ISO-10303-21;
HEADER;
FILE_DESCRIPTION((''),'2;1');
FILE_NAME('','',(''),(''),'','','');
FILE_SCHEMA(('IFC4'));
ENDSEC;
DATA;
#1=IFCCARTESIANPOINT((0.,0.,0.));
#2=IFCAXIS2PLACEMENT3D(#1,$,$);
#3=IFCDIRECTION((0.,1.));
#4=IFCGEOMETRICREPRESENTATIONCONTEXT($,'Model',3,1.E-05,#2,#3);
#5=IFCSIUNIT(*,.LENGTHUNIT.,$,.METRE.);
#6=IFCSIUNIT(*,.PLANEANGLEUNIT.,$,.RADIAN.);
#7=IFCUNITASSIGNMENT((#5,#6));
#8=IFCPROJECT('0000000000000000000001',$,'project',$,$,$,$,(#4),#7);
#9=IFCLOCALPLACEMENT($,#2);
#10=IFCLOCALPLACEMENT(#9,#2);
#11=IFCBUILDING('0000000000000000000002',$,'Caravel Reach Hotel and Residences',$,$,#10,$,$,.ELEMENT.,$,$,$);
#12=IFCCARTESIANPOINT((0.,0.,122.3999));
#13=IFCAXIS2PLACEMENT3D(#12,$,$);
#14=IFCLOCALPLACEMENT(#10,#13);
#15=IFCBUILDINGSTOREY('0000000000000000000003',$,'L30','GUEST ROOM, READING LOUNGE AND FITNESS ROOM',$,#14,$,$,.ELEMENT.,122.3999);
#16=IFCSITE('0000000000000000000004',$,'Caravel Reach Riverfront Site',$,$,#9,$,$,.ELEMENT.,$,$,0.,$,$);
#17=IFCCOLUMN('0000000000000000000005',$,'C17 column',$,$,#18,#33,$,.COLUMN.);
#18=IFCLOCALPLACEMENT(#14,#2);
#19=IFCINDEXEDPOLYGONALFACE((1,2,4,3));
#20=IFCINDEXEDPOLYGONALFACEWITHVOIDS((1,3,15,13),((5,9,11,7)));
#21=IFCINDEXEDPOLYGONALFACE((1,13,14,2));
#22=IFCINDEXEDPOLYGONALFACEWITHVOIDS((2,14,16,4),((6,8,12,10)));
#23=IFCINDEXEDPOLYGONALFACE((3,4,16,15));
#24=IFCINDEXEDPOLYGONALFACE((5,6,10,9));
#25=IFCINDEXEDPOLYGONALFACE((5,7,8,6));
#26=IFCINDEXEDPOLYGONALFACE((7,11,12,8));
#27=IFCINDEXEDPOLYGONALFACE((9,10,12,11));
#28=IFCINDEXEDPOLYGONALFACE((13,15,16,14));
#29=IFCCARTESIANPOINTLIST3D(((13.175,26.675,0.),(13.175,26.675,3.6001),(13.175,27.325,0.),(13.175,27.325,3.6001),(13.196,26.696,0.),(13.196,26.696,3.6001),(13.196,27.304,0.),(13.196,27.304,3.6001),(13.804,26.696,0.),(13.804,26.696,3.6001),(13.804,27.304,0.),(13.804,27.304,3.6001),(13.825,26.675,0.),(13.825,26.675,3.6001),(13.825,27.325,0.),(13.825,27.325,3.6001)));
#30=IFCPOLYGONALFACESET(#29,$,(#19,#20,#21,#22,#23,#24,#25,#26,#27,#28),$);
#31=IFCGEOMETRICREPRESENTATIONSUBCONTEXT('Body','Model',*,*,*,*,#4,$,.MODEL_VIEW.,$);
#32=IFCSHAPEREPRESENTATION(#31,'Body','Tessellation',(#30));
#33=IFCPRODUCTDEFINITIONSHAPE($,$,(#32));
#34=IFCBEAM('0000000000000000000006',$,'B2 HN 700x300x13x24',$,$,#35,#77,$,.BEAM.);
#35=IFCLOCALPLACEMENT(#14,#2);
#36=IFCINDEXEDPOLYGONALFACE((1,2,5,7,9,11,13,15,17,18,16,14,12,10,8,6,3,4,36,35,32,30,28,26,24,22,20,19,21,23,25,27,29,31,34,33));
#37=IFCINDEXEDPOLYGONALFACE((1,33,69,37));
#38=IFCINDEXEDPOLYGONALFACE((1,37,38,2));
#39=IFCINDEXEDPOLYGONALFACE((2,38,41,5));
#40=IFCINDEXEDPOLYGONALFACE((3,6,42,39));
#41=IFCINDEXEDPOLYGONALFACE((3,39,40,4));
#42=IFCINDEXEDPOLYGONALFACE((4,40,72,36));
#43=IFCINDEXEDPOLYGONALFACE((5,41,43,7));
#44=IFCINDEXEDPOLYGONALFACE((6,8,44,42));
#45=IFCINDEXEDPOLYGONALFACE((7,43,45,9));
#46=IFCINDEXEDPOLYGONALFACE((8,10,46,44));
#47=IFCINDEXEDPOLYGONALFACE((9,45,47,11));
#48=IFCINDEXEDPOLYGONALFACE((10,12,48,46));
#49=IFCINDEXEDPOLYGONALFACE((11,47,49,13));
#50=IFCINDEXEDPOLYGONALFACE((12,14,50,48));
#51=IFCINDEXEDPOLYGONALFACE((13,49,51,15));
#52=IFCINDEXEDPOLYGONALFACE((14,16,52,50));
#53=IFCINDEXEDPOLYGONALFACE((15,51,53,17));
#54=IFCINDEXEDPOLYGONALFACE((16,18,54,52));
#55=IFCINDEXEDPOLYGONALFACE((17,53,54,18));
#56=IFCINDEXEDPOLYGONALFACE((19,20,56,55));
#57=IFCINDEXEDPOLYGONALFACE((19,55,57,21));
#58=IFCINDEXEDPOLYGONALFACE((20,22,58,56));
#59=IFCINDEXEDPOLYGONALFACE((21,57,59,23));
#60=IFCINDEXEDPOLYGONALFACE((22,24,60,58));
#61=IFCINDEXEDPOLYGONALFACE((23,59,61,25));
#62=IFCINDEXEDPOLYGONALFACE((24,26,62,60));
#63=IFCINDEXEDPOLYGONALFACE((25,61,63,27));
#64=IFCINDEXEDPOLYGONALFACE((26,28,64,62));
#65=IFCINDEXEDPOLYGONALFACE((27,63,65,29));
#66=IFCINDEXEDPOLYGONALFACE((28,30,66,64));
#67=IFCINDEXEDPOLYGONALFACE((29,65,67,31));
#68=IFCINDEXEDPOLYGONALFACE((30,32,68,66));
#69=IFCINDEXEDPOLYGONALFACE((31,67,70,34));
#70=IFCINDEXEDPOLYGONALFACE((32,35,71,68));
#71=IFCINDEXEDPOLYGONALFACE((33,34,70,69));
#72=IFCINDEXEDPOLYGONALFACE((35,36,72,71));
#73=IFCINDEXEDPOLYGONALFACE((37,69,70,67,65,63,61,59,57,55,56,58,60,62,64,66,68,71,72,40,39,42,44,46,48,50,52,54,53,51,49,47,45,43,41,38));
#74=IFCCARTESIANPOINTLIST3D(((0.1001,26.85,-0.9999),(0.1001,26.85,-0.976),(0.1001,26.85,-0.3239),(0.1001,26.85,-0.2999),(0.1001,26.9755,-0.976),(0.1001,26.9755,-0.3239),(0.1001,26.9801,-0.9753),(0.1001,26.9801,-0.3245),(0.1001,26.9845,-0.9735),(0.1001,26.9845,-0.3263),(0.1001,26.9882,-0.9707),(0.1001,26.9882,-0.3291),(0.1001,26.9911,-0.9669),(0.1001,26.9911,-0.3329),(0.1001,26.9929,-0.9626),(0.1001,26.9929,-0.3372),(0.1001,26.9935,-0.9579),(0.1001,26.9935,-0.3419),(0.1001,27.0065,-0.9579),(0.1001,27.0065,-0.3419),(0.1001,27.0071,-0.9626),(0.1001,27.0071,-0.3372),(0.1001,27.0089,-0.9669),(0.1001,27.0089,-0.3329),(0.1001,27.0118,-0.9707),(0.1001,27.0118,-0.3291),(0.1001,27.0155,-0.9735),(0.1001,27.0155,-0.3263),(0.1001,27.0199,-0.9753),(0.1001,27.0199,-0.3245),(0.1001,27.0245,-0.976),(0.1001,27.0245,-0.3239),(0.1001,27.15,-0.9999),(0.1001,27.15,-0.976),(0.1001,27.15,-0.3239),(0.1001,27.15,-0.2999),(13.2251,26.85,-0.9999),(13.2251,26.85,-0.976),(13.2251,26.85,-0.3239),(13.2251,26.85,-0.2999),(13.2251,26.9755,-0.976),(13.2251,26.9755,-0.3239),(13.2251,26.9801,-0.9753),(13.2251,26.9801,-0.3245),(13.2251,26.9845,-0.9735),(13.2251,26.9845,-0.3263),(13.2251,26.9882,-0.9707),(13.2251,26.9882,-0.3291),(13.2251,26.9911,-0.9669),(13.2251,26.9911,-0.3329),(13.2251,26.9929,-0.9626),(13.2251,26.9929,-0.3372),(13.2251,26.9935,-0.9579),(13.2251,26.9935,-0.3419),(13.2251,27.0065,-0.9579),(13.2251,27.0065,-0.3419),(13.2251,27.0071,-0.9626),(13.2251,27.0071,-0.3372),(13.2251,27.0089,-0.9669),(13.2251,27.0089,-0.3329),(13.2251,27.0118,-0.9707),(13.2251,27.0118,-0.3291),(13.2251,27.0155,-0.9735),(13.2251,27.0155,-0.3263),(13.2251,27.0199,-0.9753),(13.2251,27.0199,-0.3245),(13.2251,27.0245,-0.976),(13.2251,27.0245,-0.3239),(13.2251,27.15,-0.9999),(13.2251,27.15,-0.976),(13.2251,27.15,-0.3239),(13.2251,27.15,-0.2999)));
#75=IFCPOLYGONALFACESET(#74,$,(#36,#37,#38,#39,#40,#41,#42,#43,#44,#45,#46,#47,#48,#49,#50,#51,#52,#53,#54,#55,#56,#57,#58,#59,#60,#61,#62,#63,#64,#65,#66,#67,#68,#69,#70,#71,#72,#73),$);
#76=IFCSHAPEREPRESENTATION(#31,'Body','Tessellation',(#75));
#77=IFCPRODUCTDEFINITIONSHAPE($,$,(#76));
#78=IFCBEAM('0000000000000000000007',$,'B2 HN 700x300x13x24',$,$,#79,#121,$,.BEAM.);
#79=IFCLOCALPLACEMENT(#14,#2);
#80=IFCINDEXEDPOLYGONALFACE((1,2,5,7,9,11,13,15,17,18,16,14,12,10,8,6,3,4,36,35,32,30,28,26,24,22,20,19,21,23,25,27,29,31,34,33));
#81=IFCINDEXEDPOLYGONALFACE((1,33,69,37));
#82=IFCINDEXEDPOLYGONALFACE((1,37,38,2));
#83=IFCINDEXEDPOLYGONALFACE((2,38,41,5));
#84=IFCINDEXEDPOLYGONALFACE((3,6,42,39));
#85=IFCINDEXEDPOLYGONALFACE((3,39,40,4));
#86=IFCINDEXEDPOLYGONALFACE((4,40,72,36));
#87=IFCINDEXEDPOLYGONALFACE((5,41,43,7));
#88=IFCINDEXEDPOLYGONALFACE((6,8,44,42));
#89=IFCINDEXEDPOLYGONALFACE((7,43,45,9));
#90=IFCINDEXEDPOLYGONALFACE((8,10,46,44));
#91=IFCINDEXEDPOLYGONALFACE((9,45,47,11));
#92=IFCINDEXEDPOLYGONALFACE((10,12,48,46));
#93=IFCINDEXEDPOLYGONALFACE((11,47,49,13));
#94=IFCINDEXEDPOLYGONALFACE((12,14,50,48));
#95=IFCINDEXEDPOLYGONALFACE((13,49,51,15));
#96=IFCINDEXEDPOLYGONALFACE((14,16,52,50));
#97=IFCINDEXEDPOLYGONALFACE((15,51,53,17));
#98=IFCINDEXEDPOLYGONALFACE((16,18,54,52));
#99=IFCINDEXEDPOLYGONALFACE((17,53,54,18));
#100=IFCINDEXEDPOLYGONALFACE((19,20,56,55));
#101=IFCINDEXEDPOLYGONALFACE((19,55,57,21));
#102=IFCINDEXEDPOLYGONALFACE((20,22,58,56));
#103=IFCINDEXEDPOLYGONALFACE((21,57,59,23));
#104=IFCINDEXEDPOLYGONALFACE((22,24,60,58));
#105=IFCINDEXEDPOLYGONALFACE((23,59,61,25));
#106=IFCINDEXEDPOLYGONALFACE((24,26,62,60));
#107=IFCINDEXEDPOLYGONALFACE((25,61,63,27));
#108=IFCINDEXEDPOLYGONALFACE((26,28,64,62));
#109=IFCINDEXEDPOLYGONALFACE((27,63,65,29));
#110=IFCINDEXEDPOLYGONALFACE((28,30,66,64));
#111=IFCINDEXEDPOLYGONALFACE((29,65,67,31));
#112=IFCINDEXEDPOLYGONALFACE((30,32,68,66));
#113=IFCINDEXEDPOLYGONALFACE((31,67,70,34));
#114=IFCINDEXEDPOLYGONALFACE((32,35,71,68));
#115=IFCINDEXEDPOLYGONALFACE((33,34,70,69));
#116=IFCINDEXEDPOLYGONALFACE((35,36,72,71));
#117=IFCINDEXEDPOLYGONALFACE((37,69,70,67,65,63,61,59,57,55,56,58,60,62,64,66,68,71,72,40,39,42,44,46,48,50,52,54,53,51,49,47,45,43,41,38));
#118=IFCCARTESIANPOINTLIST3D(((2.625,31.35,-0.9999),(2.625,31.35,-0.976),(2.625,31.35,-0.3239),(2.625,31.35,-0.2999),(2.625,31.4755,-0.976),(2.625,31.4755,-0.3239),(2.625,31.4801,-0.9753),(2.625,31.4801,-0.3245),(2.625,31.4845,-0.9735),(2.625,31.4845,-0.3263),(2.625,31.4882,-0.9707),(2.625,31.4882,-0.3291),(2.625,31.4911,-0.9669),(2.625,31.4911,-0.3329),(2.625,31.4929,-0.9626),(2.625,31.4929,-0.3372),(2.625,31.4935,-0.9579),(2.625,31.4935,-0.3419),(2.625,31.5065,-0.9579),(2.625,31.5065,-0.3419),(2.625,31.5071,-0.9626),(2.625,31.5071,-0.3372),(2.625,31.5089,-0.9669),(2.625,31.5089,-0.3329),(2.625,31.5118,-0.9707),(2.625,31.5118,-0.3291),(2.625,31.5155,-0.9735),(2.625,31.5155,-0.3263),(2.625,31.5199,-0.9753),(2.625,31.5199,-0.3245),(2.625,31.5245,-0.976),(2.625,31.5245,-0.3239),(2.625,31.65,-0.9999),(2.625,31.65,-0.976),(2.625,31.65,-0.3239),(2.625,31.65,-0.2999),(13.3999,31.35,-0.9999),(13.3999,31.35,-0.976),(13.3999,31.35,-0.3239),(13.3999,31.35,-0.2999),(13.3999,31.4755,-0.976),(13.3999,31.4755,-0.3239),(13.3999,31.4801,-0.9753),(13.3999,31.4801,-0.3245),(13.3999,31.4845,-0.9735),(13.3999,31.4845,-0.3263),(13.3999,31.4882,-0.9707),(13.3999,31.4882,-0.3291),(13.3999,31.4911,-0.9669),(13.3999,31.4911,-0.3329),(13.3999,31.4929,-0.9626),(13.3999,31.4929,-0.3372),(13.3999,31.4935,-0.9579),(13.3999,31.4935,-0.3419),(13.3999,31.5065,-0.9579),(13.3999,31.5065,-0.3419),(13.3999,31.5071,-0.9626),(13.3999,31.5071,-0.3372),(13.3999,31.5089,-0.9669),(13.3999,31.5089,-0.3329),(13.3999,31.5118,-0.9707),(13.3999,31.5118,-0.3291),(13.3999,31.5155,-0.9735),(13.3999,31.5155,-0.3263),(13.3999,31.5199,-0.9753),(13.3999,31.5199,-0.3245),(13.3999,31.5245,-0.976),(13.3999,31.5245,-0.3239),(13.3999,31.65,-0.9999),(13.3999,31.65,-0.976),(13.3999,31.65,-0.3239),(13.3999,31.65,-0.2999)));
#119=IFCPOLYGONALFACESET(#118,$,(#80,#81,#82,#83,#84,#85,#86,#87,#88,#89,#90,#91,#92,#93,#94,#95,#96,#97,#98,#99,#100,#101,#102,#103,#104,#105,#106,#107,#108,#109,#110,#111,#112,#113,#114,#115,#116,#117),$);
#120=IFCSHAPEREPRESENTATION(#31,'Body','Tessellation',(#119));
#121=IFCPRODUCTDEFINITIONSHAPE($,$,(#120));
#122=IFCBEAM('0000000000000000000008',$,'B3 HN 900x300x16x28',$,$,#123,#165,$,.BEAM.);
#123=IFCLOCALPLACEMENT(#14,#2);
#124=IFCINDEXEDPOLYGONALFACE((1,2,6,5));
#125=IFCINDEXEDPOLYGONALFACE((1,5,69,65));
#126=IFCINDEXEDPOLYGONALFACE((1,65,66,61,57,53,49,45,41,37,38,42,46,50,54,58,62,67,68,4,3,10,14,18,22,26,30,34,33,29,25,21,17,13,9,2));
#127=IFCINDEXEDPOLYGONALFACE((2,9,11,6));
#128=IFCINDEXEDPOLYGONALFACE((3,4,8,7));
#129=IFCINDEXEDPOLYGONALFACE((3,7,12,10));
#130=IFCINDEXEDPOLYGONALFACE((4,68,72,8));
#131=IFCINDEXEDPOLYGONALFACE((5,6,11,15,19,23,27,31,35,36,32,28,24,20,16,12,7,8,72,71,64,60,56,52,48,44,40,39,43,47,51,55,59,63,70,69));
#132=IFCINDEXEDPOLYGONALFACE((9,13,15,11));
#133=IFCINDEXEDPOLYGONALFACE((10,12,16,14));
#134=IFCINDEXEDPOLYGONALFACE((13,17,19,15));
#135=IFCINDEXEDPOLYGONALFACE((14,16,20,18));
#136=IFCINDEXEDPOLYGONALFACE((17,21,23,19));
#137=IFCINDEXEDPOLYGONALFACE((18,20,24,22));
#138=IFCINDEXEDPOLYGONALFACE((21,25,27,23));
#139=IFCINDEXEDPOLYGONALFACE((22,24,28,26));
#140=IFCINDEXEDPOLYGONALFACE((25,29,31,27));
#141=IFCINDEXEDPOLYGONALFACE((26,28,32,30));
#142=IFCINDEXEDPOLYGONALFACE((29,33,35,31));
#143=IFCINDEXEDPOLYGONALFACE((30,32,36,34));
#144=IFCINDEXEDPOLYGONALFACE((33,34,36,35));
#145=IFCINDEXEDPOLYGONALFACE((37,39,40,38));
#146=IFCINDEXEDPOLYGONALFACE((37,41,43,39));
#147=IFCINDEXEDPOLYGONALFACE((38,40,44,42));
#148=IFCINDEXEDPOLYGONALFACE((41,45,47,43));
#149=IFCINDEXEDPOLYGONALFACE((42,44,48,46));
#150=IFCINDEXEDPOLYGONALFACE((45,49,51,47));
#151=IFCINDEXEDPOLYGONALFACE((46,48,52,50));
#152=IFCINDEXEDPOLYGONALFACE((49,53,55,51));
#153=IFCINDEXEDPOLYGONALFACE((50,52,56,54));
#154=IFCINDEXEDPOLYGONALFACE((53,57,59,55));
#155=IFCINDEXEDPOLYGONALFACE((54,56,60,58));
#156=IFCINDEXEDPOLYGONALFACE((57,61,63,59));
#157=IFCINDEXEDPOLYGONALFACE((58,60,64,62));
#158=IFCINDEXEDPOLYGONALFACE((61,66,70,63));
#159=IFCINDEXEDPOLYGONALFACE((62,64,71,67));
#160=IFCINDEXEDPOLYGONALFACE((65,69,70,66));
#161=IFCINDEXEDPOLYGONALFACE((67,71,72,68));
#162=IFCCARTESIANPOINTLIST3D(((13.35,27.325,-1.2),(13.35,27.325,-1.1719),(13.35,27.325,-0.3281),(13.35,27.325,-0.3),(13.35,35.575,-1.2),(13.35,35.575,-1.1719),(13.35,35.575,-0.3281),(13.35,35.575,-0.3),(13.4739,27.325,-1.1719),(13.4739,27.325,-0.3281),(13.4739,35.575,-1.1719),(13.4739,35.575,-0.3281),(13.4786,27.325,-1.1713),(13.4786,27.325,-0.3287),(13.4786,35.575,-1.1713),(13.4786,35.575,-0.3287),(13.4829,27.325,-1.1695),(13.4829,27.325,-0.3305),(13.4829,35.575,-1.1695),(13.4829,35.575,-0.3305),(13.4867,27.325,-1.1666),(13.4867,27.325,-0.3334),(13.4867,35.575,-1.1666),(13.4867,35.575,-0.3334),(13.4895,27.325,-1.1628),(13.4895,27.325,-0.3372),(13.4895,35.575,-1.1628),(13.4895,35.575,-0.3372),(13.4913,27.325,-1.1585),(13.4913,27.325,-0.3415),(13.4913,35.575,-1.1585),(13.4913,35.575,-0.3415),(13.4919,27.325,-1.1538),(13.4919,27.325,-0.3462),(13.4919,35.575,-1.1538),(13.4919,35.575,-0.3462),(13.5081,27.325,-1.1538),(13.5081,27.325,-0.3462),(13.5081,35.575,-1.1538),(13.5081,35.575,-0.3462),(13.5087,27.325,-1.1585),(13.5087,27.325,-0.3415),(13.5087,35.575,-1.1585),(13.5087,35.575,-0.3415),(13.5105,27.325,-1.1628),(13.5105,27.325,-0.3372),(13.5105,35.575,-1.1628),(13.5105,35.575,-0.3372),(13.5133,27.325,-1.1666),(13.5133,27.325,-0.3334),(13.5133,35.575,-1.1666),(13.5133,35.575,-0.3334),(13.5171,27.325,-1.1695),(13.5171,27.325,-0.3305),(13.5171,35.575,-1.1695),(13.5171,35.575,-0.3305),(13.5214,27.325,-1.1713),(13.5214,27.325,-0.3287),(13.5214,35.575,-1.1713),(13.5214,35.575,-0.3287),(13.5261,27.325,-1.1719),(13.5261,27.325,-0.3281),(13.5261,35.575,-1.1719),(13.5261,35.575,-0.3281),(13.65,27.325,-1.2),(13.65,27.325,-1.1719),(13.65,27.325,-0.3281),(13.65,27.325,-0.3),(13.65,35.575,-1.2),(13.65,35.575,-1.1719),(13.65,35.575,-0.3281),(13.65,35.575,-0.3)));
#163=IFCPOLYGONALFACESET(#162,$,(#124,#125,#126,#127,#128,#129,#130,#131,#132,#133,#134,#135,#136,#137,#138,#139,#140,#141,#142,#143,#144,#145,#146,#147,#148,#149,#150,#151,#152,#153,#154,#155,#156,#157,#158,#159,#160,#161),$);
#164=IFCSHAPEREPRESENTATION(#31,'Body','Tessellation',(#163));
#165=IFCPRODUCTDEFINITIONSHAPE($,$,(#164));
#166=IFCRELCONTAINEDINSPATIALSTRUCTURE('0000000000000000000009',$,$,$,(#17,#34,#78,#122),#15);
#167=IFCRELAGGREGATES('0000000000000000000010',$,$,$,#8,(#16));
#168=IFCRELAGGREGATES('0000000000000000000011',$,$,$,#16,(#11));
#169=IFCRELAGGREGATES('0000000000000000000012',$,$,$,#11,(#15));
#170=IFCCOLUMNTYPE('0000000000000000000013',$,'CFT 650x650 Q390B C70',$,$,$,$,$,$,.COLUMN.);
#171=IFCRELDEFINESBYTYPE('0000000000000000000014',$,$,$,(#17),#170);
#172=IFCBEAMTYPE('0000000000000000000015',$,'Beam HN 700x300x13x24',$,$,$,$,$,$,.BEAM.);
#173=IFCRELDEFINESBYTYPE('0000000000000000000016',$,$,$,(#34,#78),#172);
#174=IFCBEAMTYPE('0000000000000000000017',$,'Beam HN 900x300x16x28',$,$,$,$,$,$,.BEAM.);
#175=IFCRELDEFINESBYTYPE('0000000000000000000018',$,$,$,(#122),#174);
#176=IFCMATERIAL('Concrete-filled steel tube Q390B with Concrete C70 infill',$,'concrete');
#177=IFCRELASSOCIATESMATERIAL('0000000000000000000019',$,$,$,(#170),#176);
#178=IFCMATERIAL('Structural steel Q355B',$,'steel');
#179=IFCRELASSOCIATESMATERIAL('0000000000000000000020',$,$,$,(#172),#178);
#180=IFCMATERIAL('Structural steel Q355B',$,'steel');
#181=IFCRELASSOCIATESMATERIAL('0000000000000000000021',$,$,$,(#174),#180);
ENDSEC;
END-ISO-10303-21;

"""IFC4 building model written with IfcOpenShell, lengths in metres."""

from ifc_helpers import new_model, si_unit, direction, frame, origin, origin_2d, place, context, subcontext, project, spatial, hollow_rectangle, i_section, extrude, material, material_profile, profile_set, type_object, element, save


model = new_model("IFC4")

# Units and contexts
model_context = context("Model", 3, precision=1e-05, world=origin(), true_north=direction((0.0, 1.0)))
body_context = subcontext(model_context, "Body", "Model", "MODEL_VIEW")
ifc_project = project(units=[si_unit("LENGTHUNIT", "METRE"), si_unit("PLANEANGLEUNIT", "RADIAN")], contexts=[model_context])

# Site, building, storey
site_placement = place(None, origin())
site = spatial("IfcSite", under=ifc_project, at=site_placement, Name="Caravel Reach Riverfront Site", CompositionType="ELEMENT", RefElevation=0.0)
building_placement = place(site_placement, origin())
building = spatial("IfcBuilding", under=site, at=building_placement, Name="Caravel Reach Hotel and Residences", CompositionType="ELEMENT")
storey_placement = place(building_placement, frame((0.0, 0.0, 122.3999)))
storey = spatial("IfcBuildingStorey", under=building, at=storey_placement, Name="L30", Description="GUEST ROOM, READING LOUNGE AND FITNESS ROOM", CompositionType="ELEMENT", Elevation=122.3999)

# Column
ifc_material_1 = material(Name="Concrete-filled steel tube Q390B with Concrete C70 infill", Category="concrete")
ifc_material_profile_1 = material_profile(ifc_material_1, hollow_rectangle(XDim=0.6499, YDim=0.6499, WallThickness=0.021, at=origin_2d()), Name="RHS 650x650x21")
ifc_profile_set_1 = profile_set([ifc_material_profile_1], Name="Concrete-filled steel tube Q390B with Concrete C70 infill")
column_type = type_object("IfcColumnType", Name="CFT 650x650 Q390B C70", PredefinedType="COLUMN", material=ifc_profile_set_1)
column_placement = place(storey_placement, frame((13.5, 27.0, 0.0), z_axis=(0.0, 0.0, 1.0), x_axis=(1.0, 0.0, 0.0)))
element("IfcColumn", 1, at=column_placement, inside=storey, type_object=column_type, Name="C17 column", PredefinedType="COLUMN", context=body_context, shape_type="SweptSolid", body=[
    extrude(hollow_rectangle(XDim=0.6499, YDim=0.6499, WallThickness=0.021, at=origin_2d()), origin(), (0.0, 0.0, 1.0), 3.6001),
])

# Beams
ifc_material_2 = material(Name="Structural steel Q355B", Category="steel")
ifc_material_profile_2 = material_profile(ifc_material_2, i_section(OverallWidth=0.3, OverallDepth=0.7, WebThickness=0.0129, FlangeThickness=0.0239, FilletRadius=0.0181, at=origin_2d()), Name="HN 700x300x13x24")
ifc_profile_set_2 = profile_set([ifc_material_profile_2], Name="Structural steel Q355B")
beam_type_1 = type_object("IfcBeamType", Name="Beam HN 700x300x13x24", PredefinedType="BEAM", material=ifc_profile_set_2)
beam_1_placement = place(storey_placement, frame((13.2251, 27.0, -0.6499), z_axis=(-1.0, 0.0, 0.0), x_axis=(0.0, -1.0, 0.0)))
element("IfcBeam", 2, at=beam_1_placement, inside=storey, type_object=beam_type_1, Name="B2 HN 700x300x13x24", PredefinedType="BEAM", context=body_context, shape_type="SweptSolid", body=[
    extrude(i_section(OverallWidth=0.3, OverallDepth=0.7, WebThickness=0.0129, FlangeThickness=0.0239, FilletRadius=0.0181, at=origin_2d()), origin(), (0.0, 0.0, 1.0), 13.125),
])
beam_2_placement = place(storey_placement, frame((13.3999, 31.5, -0.6499), z_axis=(-1.0, 0.0, 0.0), x_axis=(0.0, -1.0, 0.0)))
element("IfcBeam", 3, at=beam_2_placement, inside=storey, type_object=beam_type_1, Name="B2 HN 700x300x13x24", PredefinedType="BEAM", context=body_context, shape_type="SweptSolid", body=[
    extrude(i_section(OverallWidth=0.3, OverallDepth=0.7, WebThickness=0.0129, FlangeThickness=0.0239, FilletRadius=0.0181, at=origin_2d()), origin(), (0.0, 0.0, 1.0), 10.7749),
])
ifc_material_3 = material(Name="Structural steel Q355B", Category="steel")
ifc_material_profile_3 = material_profile(ifc_material_3, i_section(OverallWidth=0.3, OverallDepth=0.8999, WebThickness=0.0161, FlangeThickness=0.0281, FilletRadius=0.0181, at=origin_2d()), Name="HN 900x300x16x28")
ifc_profile_set_3 = profile_set([ifc_material_profile_3], Name="Structural steel Q355B")
beam_type_2 = type_object("IfcBeamType", Name="Beam HN 900x300x16x28", PredefinedType="BEAM", material=ifc_profile_set_3)
beam_3_placement = place(storey_placement, frame((13.5, 27.325, -0.75), z_axis=(0.0, 1.0, 0.0), x_axis=(-1.0, 0.0, 0.0)))
element("IfcBeam", 4, at=beam_3_placement, inside=storey, type_object=beam_type_2, Name="B3 HN 900x300x16x28", PredefinedType="BEAM", context=body_context, shape_type="SweptSolid", body=[
    extrude(i_section(OverallWidth=0.3, OverallDepth=0.8999, WebThickness=0.0161, FlangeThickness=0.0281, FilletRadius=0.0181, at=origin_2d()), origin(), (0.0, 0.0, 1.0), 8.25),
])

save(model, "model.ifc")
